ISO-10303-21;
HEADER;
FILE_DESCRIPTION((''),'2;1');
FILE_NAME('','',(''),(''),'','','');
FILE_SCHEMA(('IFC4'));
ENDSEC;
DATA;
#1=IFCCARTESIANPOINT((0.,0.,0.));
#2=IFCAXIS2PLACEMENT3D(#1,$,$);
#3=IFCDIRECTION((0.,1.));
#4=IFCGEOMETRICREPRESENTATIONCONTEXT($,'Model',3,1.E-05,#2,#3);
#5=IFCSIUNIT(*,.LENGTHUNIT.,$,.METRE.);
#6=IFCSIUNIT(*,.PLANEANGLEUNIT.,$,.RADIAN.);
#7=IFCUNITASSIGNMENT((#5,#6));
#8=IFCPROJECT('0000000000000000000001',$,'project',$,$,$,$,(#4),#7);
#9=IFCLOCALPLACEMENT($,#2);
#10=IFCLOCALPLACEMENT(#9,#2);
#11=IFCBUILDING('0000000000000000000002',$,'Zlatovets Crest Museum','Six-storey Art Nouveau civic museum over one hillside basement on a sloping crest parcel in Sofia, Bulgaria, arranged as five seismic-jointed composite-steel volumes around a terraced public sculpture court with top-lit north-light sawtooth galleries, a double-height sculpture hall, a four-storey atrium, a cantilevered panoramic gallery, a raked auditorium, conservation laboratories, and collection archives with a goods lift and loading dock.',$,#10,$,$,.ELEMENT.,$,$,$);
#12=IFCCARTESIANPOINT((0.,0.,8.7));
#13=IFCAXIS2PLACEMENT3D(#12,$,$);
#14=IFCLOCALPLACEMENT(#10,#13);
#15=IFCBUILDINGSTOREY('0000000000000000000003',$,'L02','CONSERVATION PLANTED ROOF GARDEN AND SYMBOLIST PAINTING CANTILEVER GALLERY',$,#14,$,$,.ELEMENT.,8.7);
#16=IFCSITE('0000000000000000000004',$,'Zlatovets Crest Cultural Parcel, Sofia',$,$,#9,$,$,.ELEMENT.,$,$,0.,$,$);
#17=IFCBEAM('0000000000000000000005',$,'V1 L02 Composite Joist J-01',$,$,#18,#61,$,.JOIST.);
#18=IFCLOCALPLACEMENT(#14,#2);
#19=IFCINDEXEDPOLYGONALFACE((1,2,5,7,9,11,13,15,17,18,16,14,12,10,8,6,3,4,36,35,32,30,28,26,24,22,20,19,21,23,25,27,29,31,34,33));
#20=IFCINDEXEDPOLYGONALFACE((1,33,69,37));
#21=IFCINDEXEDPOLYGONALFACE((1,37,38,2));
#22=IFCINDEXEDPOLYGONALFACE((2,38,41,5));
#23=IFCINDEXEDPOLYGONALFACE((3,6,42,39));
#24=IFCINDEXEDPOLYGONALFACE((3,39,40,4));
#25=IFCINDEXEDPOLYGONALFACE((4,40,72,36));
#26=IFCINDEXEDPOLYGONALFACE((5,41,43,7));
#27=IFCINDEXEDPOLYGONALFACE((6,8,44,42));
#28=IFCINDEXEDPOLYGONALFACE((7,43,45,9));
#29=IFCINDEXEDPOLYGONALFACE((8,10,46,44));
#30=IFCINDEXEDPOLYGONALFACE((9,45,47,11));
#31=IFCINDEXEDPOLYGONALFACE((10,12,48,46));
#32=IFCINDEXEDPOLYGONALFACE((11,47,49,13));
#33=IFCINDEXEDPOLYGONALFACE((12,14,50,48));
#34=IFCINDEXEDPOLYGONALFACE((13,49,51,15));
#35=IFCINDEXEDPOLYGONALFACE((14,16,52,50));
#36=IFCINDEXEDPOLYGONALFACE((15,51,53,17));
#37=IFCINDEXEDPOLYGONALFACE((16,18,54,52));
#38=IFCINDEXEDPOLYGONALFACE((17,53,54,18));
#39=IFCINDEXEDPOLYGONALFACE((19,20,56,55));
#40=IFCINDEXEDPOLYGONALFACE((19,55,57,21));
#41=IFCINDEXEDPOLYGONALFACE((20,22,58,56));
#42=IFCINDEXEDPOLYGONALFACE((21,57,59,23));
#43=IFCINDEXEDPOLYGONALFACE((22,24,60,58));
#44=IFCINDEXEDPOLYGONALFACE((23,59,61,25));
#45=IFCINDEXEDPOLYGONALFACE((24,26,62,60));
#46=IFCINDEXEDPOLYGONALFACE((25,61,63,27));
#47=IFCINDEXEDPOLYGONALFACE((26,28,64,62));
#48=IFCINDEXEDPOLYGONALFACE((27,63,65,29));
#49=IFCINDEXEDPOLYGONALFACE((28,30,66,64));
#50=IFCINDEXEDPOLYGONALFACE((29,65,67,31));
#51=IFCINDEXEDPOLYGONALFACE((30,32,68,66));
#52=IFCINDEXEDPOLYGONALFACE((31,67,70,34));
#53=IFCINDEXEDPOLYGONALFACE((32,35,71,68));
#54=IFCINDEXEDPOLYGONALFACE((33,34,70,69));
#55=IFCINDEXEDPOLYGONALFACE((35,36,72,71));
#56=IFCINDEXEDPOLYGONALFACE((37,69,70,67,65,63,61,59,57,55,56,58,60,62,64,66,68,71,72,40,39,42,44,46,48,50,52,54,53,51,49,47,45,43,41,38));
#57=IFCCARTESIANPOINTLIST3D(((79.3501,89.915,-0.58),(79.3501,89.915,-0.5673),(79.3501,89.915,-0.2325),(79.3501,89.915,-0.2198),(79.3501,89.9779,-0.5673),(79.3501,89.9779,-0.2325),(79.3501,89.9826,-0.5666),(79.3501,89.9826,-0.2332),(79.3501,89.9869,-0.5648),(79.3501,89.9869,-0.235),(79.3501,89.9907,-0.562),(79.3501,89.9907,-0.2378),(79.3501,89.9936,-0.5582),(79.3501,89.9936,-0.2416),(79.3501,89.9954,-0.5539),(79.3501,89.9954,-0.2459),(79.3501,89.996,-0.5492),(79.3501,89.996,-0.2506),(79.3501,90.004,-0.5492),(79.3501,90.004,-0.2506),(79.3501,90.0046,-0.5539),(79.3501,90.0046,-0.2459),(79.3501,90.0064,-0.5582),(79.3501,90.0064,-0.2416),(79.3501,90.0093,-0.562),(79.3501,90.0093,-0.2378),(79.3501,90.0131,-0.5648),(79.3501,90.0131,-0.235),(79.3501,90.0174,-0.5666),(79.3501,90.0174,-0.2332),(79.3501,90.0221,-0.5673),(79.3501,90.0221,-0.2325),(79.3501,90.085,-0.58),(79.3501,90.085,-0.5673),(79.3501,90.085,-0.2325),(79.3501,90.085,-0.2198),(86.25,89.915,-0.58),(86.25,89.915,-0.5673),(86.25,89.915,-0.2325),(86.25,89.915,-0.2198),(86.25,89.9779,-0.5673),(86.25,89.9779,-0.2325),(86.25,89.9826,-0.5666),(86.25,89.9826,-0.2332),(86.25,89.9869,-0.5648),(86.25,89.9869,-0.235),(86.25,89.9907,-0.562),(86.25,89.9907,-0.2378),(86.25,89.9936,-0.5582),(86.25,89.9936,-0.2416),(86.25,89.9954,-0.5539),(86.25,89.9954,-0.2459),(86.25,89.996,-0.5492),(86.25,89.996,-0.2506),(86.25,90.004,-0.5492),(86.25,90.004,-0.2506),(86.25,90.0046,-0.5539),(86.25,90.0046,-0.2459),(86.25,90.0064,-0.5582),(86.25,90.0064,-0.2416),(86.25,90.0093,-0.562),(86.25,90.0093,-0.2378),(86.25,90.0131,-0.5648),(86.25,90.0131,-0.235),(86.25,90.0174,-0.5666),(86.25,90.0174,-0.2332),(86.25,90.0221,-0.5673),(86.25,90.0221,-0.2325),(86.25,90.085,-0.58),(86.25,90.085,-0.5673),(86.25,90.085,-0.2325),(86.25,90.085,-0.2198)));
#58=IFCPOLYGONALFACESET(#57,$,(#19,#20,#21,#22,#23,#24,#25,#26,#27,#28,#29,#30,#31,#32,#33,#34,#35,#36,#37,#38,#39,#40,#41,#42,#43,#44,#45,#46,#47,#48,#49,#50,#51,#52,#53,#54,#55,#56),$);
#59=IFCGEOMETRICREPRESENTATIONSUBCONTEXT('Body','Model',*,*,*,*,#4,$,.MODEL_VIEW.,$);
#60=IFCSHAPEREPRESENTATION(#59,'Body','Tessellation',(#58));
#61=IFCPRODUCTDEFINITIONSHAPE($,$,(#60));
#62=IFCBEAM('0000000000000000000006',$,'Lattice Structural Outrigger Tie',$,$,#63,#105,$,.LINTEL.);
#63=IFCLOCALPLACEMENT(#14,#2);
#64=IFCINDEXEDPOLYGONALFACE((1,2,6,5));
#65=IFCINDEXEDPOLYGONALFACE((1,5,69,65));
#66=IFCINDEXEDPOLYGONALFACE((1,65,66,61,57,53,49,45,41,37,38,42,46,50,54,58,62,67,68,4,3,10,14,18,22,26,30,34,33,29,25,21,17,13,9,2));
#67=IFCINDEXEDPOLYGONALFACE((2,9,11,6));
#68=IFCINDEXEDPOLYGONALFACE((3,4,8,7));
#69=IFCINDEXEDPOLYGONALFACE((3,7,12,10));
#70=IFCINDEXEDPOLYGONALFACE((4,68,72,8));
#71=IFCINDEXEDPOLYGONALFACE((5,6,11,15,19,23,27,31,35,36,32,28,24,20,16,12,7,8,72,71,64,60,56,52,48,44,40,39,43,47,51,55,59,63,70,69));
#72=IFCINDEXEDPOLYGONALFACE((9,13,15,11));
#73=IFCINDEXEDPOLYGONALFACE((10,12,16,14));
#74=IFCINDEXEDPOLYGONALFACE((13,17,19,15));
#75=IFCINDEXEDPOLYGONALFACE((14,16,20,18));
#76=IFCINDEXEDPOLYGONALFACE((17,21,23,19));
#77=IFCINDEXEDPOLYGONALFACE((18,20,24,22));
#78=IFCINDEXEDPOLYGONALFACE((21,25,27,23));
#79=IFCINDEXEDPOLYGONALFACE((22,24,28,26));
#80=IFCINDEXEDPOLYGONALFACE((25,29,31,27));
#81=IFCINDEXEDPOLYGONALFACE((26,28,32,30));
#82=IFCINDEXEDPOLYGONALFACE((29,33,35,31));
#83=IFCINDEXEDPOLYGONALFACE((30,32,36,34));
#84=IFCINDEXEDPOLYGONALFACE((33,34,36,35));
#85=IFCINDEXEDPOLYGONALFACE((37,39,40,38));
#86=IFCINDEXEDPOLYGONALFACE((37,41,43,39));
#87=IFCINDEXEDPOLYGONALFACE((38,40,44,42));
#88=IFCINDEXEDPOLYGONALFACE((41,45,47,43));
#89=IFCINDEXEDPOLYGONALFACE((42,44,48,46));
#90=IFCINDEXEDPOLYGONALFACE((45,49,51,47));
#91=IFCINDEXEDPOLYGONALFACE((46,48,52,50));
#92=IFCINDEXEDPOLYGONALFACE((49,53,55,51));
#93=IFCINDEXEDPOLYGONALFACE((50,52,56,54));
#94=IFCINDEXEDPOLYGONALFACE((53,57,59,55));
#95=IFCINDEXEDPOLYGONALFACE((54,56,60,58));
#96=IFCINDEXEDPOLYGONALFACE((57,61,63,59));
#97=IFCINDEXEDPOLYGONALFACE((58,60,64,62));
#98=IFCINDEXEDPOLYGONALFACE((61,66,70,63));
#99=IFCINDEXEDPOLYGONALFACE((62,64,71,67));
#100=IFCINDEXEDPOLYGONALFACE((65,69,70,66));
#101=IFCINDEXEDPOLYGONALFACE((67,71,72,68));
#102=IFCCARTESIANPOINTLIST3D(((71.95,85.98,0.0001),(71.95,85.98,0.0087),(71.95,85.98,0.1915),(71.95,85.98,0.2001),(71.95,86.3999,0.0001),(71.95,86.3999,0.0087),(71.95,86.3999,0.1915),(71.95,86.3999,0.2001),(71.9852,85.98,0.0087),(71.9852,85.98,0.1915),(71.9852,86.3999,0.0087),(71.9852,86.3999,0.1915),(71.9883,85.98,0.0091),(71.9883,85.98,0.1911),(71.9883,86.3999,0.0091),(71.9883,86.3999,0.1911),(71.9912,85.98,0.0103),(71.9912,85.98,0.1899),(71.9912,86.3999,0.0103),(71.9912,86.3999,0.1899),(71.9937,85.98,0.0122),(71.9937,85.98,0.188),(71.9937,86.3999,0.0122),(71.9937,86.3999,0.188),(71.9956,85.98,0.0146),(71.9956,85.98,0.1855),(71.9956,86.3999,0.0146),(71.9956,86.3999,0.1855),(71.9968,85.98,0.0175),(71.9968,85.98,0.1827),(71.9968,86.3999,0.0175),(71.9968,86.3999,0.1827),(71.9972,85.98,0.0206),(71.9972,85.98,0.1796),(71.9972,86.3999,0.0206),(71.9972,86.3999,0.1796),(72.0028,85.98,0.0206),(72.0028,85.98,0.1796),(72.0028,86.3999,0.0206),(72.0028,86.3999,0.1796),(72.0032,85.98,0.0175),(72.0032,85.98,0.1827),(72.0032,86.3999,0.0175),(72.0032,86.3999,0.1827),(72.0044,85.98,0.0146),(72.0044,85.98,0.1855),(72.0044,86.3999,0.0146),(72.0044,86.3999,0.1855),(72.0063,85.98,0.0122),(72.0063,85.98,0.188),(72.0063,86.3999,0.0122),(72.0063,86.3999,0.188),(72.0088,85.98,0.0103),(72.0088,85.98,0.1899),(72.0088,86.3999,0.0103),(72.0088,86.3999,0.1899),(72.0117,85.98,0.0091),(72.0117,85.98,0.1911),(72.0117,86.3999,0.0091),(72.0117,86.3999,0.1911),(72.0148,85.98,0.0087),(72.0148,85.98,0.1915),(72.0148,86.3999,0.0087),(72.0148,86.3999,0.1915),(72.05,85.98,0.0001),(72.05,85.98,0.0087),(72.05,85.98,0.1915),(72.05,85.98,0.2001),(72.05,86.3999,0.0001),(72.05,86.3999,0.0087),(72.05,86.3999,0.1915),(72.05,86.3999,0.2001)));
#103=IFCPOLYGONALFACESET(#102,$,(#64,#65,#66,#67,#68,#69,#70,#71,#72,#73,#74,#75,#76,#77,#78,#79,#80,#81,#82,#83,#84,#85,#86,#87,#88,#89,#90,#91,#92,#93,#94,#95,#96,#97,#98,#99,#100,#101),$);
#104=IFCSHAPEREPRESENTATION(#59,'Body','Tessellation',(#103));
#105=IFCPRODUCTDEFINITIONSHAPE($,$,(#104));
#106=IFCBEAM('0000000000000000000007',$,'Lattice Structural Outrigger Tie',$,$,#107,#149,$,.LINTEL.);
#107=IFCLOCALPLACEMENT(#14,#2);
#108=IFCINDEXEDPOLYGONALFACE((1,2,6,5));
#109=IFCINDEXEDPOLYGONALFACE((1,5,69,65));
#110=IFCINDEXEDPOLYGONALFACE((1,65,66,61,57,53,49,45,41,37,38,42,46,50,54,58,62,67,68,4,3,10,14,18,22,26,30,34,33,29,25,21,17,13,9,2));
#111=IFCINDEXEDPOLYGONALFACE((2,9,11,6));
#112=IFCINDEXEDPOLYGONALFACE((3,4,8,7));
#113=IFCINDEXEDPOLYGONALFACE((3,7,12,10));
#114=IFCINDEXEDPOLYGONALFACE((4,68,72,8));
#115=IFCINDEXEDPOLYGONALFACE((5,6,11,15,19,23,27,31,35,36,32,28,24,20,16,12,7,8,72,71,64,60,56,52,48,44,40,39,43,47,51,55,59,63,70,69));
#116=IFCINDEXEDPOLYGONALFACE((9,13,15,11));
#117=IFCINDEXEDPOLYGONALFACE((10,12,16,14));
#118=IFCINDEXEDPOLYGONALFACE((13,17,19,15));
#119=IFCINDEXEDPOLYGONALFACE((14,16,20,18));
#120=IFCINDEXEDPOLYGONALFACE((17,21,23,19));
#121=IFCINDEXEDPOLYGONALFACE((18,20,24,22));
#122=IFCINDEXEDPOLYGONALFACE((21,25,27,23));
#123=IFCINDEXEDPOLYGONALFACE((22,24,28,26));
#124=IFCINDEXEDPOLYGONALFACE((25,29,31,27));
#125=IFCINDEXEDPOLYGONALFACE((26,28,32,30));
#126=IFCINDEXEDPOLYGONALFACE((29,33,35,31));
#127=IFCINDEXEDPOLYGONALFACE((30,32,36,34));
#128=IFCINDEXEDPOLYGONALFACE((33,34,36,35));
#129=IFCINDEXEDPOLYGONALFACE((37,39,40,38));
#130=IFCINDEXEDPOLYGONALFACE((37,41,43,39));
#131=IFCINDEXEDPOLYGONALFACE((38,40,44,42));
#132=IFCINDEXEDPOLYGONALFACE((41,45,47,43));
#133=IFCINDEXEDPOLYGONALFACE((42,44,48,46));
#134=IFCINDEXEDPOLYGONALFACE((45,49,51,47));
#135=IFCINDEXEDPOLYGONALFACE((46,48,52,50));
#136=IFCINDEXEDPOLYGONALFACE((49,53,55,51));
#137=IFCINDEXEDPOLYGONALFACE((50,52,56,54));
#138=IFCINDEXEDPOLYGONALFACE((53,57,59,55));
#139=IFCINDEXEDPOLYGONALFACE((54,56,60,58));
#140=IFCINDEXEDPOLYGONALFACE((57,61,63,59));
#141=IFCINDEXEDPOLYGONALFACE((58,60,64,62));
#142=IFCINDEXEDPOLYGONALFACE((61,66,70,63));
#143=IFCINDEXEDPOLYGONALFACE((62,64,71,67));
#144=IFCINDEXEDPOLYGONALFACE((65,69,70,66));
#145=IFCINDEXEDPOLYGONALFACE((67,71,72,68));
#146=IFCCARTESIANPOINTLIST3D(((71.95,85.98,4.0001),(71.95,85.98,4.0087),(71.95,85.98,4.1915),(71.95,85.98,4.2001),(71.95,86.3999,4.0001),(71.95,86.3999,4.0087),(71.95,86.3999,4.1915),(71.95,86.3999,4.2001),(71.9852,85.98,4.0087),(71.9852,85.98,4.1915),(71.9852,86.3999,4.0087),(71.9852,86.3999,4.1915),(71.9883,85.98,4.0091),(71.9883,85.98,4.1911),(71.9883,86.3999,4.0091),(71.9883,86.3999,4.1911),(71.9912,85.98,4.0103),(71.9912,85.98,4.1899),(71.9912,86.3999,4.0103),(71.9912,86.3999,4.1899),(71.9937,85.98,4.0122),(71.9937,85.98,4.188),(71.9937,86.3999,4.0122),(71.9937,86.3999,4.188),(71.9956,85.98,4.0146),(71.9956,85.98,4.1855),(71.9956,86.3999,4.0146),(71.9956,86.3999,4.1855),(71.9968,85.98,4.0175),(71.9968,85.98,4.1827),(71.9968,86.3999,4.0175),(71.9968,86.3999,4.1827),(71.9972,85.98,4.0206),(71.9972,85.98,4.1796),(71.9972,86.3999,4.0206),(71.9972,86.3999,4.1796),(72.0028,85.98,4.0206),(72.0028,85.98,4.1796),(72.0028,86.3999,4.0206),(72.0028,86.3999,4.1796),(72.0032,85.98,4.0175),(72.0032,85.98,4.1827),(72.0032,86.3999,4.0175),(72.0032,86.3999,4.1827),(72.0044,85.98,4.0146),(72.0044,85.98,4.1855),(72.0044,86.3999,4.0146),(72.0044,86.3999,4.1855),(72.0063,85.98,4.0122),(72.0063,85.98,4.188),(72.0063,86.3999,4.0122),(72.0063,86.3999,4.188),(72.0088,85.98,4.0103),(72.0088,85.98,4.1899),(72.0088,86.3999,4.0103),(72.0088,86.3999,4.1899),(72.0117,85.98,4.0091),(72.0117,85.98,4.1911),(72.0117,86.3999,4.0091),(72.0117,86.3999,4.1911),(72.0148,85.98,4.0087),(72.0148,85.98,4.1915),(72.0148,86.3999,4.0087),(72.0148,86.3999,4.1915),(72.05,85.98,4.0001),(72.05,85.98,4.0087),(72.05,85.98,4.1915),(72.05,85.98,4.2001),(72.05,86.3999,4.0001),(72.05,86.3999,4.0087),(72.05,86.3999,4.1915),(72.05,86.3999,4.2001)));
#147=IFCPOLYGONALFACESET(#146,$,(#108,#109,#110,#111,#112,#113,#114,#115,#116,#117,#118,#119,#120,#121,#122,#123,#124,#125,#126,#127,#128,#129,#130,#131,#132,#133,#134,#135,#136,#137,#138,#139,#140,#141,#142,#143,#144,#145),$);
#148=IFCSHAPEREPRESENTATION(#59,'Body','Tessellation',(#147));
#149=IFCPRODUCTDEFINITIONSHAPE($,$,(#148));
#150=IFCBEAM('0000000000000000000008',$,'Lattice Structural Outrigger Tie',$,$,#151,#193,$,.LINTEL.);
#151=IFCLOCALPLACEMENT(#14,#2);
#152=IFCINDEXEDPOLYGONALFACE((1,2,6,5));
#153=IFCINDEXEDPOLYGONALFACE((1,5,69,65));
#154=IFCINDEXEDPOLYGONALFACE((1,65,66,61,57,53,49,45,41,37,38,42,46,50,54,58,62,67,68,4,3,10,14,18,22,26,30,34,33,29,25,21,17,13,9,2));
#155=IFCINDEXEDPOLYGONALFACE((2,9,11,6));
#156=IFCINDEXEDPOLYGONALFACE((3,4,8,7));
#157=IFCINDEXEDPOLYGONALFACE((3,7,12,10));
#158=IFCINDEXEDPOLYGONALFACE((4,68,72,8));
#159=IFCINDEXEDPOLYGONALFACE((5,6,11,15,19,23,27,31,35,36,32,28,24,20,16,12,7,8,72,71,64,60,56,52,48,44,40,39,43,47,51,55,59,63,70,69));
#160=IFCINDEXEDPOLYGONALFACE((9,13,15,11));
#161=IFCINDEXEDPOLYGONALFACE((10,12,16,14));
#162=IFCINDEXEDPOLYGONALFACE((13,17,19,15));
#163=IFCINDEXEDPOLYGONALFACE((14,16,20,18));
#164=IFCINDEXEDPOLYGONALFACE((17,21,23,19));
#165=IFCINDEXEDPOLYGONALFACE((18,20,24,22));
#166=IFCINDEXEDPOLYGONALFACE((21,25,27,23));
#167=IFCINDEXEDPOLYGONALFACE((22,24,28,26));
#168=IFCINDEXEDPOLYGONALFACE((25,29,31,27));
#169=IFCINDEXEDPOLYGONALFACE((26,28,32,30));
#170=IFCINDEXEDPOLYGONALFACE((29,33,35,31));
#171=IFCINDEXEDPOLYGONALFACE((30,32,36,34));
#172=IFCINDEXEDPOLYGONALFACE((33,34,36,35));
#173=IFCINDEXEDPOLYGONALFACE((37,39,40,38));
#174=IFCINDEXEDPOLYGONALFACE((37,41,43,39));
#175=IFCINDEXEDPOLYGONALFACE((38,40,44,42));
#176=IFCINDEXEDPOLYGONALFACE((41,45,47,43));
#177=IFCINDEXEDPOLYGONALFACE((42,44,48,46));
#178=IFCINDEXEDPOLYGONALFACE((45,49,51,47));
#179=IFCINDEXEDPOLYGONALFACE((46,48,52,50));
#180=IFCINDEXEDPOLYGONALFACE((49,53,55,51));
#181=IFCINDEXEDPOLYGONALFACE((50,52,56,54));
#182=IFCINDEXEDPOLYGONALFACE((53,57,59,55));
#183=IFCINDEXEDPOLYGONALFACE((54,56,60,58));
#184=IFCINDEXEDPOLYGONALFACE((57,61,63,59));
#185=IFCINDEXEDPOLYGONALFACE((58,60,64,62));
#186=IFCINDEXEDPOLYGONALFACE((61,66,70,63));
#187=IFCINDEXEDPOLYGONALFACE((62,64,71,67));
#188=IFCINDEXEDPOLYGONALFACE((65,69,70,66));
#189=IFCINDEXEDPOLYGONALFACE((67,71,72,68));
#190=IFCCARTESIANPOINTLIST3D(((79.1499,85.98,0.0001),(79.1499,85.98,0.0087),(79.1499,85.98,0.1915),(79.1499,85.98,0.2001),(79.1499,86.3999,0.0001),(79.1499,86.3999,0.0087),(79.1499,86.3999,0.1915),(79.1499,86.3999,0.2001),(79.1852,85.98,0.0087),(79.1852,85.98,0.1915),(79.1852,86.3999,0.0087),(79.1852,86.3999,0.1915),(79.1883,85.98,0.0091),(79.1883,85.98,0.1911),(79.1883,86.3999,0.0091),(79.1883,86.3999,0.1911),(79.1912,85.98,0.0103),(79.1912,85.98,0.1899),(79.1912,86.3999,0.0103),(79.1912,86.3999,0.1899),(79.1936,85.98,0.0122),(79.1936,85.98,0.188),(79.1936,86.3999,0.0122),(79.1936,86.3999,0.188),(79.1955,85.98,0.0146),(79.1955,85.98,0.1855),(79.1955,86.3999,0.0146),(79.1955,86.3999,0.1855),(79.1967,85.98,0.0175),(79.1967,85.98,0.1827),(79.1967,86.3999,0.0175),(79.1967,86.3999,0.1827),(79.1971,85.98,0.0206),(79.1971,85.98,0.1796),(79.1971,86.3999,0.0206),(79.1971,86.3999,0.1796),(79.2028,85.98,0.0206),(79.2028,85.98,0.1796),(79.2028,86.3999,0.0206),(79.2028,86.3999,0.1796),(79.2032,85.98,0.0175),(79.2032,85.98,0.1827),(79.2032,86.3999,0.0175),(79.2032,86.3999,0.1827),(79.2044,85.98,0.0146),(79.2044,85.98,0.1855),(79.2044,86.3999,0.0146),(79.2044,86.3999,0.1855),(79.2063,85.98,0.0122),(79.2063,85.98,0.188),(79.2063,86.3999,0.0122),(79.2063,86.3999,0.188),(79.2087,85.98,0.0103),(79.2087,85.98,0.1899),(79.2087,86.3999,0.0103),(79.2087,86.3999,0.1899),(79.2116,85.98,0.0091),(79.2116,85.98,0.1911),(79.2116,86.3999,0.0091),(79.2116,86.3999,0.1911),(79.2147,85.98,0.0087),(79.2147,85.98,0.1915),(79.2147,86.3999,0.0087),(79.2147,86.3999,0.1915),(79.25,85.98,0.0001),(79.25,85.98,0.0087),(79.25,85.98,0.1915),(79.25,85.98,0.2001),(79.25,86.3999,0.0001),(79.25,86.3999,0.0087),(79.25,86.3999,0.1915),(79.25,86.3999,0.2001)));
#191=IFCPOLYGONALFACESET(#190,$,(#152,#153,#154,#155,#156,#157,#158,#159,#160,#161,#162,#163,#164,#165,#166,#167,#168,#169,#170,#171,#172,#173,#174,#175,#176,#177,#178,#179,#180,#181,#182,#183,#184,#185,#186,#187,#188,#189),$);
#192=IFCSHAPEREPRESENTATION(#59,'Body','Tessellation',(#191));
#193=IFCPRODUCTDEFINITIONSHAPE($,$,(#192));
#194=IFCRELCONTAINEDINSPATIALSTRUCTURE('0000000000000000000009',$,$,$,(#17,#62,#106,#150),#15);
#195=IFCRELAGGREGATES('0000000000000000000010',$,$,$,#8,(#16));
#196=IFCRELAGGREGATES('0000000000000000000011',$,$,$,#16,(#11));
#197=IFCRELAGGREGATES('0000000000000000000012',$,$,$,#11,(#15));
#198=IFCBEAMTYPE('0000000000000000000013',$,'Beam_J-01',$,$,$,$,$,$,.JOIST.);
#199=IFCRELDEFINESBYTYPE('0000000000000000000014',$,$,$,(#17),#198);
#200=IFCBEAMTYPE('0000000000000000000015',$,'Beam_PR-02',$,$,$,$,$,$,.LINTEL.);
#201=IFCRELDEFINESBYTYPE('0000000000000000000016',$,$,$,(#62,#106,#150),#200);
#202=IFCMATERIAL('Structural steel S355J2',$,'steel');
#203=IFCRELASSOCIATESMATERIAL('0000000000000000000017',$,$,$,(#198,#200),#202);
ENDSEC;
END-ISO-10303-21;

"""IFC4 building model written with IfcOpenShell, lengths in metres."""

from ifc_helpers import new_model, si_unit, direction, frame, origin, origin_2d, place, context, subcontext, project, spatial, i_section, extrude, material, material_profile, profile_set, type_object, element, save


model = new_model("IFC4")

# Units and contexts
model_context = context("Model", 3, precision=1e-05, world=origin(), true_north=direction((0.0, 1.0)))
body_context = subcontext(model_context, "Body", "Model", "MODEL_VIEW")
ifc_project = project(units=[si_unit("LENGTHUNIT", "METRE"), si_unit("PLANEANGLEUNIT", "RADIAN")], contexts=[model_context])

# Site, building, storey
site_placement = place(None, origin())
site = spatial("IfcSite", under=ifc_project, at=site_placement, Name="Zlatovets Crest Cultural Parcel, Sofia", CompositionType="ELEMENT", RefElevation=0.0)
building_placement = place(site_placement, origin())
building = spatial("IfcBuilding", under=site, at=building_placement, Name="Zlatovets Crest Museum", Description="Six-storey Art Nouveau civic museum over one hillside basement on a sloping crest parcel in Sofia, Bulgaria, arranged as five seismic-jointed composite-steel volumes around a terraced public sculpture court with top-lit north-light sawtooth galleries, a double-height sculpture hall, a four-storey atrium, a cantilevered panoramic gallery, a raked auditorium, conservation laboratories, and collection archives with a goods lift and loading dock.", CompositionType="ELEMENT")
storey_placement = place(building_placement, frame((0.0, 0.0, 8.7)))
storey = spatial("IfcBuildingStorey", under=building, at=storey_placement, Name="L02", Description="CONSERVATION PLANTED ROOF GARDEN AND SYMBOLIST PAINTING CANTILEVER GALLERY", CompositionType="ELEMENT", Elevation=8.7)

# Shared definitions
ifc_material = material(Name="Structural steel S355J2", Category="steel")

# Beams
ifc_material_profile_1 = material_profile(ifc_material, i_section(OverallWidth=0.1699, OverallDepth=0.3601, WebThickness=0.0081, FlangeThickness=0.0127, FilletRadius=0.0181, at=origin_2d()), Name="IPE 360")
ifc_profile_set_1 = profile_set([ifc_material_profile_1], Name="Structural steel S355J2")
beam_type_1 = type_object("IfcBeamType", Name="Beam_J-01", PredefinedType="JOIST", material=ifc_profile_set_1)
beam_1_placement = place(storey_placement, frame((79.3501, 90.0, -0.3999), z_axis=(1.0, 0.0, 0.0), x_axis=(0.0, 1.0, 0.0)))
element("IfcBeam", 1, at=beam_1_placement, inside=storey, type_object=beam_type_1, Name="V1 L02 Composite Joist J-01", PredefinedType="JOIST", context=body_context, shape_type="SweptSolid", body=[
    extrude(i_section(OverallWidth=0.1699, OverallDepth=0.3601, WebThickness=0.0081, FlangeThickness=0.0127, FilletRadius=0.0181, at=origin_2d()), origin(), (0.0, 0.0, 1.0), 6.8999),
])
ifc_material_profile_2 = material_profile(ifc_material, i_section(OverallWidth=0.1001, OverallDepth=0.2, WebThickness=0.0056, FlangeThickness=0.0085, FilletRadius=0.012, at=origin_2d()), Name="IPE 200")
ifc_profile_set_2 = profile_set([ifc_material_profile_2], Name="Structural steel S355J2")
beam_type_2 = type_object("IfcBeamType", Name="Beam_PR-02", PredefinedType="LINTEL", material=ifc_profile_set_2)
for number, where, z_axis, x_axis, name in (
    (2, (72.0, 86.3999, 0.1001), (0.0, -1.0, 0.0), (1.0, 0.0, 0.0), "Lattice Structural Outrigger Tie"),
    (3, (72.0, 86.3999, 4.1001), (0.0, -1.0, 0.0), (1.0, 0.0, 0.0), "Lattice Structural Outrigger Tie"),
    (4, (79.2, 86.3999, 0.1001), (0.0, -1.0, 0.0), (1.0, 0.0, 0.0), "Lattice Structural Outrigger Tie"),
):
    element("IfcBeam", number, at=place(storey_placement, frame(where, z_axis=z_axis, x_axis=x_axis)), inside=storey, type_object=beam_type_2, Name=name, PredefinedType="LINTEL", context=body_context, shape_type="SweptSolid", body=[
        extrude(i_section(OverallWidth=0.1001, OverallDepth=0.2, WebThickness=0.0056, FlangeThickness=0.0085, FilletRadius=0.012, at=origin_2d()), origin(), (0.0, 0.0, 1.0), 0.4199),
    ])

save(model, "model.ifc")
